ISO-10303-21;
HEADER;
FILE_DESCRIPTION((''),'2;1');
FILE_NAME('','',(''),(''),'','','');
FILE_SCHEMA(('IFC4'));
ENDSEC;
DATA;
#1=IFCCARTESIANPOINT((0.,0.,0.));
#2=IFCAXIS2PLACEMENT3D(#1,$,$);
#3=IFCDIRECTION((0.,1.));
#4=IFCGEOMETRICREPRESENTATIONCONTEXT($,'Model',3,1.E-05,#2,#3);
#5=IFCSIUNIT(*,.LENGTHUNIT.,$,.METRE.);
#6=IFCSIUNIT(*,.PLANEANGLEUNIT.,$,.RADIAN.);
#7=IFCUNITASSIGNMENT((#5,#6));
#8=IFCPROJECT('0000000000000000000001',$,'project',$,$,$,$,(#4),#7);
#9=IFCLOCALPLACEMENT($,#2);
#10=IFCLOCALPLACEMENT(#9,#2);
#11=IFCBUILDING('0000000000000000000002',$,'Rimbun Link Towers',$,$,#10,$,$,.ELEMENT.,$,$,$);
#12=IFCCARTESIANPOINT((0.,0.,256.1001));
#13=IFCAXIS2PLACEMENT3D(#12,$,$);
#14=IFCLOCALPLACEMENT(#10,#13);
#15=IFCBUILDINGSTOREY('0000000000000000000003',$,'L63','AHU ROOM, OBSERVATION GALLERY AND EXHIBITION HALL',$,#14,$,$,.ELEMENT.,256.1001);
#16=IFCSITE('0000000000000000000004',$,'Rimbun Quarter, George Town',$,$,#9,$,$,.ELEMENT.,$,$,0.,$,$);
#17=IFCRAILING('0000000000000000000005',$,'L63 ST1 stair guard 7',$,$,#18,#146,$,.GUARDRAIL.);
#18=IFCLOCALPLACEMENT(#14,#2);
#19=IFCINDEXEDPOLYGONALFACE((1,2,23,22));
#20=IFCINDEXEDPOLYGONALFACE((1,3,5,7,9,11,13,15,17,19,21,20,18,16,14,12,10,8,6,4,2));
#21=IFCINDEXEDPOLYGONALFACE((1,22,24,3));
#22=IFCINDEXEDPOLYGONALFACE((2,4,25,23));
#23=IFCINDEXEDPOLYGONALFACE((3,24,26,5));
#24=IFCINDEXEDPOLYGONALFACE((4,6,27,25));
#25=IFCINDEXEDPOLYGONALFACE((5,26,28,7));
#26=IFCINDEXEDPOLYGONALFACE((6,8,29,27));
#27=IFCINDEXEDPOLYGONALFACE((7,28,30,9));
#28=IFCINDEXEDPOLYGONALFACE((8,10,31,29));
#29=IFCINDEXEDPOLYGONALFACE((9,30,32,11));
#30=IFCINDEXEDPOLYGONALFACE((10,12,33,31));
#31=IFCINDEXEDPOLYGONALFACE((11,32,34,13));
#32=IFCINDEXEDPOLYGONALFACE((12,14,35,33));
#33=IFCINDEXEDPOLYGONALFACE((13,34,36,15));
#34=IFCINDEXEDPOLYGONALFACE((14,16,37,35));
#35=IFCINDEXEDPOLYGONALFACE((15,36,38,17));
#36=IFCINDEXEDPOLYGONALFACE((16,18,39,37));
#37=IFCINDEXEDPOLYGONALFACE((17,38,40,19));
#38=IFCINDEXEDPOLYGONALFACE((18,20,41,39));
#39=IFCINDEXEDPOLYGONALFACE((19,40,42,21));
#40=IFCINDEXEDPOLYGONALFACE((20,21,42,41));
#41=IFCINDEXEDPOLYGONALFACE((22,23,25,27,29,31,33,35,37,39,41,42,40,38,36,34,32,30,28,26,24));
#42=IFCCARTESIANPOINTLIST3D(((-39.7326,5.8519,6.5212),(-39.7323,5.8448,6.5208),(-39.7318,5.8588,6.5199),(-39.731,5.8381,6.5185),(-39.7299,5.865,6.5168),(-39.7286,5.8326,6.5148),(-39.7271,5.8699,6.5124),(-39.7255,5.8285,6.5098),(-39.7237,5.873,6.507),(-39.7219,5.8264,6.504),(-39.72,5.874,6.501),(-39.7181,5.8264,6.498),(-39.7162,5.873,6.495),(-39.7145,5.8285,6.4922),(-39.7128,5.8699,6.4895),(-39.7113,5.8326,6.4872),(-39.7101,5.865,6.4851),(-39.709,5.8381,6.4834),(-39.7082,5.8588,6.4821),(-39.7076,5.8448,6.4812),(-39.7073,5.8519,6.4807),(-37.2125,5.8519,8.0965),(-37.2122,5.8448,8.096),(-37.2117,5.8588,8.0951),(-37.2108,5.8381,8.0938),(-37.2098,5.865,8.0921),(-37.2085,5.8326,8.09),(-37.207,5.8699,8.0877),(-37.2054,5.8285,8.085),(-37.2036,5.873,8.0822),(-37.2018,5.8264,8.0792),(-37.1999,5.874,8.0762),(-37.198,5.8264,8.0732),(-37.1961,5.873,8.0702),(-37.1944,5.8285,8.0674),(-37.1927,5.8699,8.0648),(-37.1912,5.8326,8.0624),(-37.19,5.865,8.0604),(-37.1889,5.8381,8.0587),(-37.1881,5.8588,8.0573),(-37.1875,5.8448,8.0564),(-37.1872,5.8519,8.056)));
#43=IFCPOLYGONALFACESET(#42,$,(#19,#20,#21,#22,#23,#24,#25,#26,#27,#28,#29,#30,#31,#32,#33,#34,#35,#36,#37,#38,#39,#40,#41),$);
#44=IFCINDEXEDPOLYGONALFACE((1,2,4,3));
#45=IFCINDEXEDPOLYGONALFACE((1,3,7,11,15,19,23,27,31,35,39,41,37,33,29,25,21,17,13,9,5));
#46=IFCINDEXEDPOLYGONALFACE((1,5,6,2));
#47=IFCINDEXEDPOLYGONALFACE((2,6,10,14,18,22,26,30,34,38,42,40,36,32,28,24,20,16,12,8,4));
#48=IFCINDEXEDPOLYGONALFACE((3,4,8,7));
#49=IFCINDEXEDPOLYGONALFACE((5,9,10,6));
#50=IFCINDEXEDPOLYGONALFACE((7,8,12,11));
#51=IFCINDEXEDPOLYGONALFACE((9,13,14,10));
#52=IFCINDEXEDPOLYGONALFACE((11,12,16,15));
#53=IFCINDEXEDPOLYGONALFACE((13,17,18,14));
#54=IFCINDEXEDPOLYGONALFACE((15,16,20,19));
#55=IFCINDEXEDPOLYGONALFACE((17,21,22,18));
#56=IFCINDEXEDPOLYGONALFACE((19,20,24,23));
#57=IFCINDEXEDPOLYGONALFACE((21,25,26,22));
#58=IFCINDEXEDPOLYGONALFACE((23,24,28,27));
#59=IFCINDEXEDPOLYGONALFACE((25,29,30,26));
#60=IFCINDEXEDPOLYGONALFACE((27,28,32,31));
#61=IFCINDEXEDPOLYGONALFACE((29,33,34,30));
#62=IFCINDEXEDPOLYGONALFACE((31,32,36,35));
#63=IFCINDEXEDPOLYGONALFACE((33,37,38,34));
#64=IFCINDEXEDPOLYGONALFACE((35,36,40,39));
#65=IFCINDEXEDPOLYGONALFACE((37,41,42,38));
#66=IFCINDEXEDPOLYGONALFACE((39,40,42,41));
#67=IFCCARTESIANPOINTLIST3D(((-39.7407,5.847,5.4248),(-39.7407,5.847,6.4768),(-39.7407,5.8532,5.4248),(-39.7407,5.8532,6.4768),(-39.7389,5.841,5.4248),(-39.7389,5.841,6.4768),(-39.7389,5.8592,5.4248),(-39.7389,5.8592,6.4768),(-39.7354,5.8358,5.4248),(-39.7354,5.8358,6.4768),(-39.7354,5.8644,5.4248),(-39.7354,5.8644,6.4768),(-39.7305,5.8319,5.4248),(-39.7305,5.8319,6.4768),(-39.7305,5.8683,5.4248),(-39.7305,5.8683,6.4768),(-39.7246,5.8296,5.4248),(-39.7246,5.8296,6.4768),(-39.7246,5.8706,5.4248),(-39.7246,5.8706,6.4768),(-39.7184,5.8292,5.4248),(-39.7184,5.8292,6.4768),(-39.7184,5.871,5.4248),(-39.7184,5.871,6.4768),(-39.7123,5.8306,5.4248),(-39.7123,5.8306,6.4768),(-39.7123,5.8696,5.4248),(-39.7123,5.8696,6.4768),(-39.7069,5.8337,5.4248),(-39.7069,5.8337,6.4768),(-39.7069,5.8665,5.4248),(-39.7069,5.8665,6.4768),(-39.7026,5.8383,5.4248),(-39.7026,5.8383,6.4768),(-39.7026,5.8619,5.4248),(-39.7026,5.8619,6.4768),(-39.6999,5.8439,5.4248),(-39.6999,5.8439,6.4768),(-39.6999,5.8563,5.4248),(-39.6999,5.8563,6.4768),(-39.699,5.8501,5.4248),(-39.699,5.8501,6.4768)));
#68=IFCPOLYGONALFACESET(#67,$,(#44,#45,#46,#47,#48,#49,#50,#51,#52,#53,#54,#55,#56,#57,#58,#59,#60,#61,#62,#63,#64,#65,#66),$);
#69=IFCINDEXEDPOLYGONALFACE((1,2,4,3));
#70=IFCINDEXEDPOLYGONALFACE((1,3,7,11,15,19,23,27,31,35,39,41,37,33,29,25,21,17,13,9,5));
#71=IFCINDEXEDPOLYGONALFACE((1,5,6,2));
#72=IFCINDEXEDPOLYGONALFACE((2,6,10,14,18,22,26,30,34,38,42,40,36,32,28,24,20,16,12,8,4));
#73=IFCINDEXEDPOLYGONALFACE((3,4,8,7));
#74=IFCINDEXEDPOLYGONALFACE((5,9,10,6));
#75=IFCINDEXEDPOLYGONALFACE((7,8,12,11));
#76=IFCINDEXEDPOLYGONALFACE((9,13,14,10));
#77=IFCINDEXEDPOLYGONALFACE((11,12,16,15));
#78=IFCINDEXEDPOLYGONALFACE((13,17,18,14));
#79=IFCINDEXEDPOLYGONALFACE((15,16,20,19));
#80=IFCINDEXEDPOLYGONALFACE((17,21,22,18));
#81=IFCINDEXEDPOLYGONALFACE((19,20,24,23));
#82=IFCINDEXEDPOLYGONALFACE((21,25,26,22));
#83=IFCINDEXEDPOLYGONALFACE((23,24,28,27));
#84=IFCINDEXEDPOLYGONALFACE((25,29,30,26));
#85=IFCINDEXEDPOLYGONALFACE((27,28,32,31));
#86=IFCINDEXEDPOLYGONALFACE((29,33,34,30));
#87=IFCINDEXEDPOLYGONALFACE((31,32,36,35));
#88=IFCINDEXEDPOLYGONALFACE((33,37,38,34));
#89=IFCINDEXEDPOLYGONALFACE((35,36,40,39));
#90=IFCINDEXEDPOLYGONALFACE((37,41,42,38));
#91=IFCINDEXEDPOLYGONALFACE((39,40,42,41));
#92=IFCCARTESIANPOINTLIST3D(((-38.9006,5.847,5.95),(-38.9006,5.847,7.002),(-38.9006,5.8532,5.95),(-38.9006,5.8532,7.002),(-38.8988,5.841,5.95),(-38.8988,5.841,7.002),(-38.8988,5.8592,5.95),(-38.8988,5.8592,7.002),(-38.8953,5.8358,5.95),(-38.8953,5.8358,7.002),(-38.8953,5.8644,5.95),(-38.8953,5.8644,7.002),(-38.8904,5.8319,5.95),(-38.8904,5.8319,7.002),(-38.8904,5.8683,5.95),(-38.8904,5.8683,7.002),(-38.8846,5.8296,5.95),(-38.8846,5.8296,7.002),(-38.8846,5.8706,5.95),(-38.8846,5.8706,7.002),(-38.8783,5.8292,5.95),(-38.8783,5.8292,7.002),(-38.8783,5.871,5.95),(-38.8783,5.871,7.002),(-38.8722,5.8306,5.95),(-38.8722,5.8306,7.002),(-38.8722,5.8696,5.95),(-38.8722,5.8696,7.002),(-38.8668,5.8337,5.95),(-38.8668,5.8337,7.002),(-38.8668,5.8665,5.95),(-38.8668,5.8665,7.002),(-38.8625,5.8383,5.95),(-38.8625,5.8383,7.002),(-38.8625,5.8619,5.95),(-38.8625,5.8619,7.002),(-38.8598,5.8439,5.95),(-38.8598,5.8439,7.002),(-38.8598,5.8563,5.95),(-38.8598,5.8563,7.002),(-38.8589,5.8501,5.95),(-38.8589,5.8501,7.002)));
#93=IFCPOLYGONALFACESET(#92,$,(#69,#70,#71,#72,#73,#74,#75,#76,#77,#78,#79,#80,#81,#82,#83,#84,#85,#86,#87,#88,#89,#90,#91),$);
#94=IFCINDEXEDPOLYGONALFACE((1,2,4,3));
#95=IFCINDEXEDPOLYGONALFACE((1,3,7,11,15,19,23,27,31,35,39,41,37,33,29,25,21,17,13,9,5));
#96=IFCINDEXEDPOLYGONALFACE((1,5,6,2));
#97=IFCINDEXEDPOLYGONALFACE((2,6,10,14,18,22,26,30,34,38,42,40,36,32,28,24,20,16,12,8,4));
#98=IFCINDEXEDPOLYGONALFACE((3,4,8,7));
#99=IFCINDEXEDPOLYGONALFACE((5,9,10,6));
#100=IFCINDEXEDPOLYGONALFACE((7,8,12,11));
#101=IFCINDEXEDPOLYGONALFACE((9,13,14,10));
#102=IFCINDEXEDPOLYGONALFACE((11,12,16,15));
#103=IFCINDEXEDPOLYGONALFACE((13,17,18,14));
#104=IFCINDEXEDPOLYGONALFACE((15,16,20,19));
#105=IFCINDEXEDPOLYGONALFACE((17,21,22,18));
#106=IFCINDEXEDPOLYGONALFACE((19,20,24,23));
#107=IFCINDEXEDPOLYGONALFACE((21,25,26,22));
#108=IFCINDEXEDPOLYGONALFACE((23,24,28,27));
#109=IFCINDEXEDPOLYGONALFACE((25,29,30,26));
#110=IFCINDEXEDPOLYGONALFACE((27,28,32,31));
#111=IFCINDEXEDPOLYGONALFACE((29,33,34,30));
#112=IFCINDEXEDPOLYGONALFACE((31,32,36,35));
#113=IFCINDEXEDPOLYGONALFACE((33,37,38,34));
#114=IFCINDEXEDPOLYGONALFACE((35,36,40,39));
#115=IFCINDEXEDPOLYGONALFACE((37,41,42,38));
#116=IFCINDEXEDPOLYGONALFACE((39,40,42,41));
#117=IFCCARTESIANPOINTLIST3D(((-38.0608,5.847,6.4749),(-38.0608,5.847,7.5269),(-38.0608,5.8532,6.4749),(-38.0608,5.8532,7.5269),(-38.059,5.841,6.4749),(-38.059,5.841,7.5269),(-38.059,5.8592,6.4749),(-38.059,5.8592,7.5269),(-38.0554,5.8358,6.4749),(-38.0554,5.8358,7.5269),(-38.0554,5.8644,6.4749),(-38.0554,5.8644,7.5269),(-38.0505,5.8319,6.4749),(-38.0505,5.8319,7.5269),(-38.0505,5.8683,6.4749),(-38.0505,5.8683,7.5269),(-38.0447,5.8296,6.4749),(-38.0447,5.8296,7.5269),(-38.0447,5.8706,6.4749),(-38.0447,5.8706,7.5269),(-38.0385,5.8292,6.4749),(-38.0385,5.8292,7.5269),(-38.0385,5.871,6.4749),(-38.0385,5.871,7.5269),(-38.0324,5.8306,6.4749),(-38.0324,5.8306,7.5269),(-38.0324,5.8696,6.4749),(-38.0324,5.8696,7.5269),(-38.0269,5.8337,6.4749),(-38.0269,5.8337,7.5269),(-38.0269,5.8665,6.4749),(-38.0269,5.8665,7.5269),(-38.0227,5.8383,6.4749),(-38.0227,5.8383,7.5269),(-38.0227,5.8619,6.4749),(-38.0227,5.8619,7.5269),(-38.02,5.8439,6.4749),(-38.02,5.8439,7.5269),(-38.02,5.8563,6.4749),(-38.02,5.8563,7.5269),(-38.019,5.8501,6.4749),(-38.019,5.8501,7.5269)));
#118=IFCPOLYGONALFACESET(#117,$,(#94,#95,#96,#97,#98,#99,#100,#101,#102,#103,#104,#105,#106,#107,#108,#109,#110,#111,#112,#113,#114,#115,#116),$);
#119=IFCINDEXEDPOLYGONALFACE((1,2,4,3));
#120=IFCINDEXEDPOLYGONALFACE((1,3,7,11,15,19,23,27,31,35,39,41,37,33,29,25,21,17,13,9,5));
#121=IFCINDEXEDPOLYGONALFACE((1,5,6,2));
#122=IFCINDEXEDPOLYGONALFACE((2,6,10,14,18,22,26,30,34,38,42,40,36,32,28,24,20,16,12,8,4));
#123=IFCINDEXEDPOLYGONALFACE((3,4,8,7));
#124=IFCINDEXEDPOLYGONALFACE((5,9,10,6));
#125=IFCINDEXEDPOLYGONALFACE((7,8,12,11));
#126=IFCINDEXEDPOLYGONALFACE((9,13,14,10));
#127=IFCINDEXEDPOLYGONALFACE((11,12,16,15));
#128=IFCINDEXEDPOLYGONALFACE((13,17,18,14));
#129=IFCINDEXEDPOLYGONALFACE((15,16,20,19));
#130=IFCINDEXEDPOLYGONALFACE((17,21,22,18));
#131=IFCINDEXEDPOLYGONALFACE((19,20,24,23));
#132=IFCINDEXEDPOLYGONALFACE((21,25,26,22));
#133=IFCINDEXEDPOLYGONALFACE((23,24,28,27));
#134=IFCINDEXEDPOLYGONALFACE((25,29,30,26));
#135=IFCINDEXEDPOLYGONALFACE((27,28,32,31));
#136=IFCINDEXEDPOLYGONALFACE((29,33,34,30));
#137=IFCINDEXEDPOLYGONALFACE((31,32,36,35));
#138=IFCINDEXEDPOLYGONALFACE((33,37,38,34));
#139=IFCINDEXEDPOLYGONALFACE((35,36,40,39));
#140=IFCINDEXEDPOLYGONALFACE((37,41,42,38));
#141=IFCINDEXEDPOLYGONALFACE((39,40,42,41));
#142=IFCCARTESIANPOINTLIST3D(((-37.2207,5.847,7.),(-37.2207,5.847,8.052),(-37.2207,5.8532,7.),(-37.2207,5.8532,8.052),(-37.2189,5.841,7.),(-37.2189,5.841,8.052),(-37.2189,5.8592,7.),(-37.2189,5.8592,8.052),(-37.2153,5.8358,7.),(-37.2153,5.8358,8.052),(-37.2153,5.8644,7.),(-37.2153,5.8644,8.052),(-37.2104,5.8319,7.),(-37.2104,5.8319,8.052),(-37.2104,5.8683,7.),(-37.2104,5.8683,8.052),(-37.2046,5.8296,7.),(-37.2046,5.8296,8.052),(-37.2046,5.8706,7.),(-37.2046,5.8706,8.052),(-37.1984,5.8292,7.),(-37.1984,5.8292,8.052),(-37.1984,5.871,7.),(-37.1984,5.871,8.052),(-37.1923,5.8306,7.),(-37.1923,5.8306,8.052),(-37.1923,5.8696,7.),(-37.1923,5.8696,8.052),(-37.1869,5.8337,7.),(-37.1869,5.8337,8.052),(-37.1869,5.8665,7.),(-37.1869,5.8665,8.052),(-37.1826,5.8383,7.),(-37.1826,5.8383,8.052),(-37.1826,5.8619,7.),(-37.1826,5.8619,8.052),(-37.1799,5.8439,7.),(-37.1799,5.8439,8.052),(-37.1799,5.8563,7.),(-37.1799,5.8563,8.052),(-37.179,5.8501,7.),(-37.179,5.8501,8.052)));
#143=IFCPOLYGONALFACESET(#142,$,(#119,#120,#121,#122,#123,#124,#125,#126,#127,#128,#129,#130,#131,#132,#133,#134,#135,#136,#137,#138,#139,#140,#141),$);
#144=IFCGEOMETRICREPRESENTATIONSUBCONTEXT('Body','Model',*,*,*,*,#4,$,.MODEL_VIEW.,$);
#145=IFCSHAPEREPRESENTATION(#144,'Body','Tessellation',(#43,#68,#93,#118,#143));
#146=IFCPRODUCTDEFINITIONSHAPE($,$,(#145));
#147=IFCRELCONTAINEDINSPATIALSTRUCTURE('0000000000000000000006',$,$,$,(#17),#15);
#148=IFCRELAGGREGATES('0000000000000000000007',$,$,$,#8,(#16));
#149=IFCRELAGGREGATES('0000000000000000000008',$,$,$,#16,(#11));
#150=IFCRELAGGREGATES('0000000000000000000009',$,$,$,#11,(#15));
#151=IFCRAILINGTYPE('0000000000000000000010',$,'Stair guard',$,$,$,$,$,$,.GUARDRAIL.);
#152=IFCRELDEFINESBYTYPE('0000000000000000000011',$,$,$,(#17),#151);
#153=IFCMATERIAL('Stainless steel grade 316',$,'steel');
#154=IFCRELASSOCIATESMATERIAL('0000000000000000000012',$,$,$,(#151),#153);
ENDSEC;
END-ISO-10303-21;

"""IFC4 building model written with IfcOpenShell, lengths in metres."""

from ifc_helpers import new_model, si_unit, direction, frame, origin, origin_2d, place, context, subcontext, project, spatial, circle, extrude, material, type_object, element, save


model = new_model("IFC4")

# Units and contexts
model_context = context("Model", 3, precision=1e-05, world=origin(), true_north=direction((0.0, 1.0)))
body_context = subcontext(model_context, "Body", "Model", "MODEL_VIEW")
ifc_project = project(units=[si_unit("LENGTHUNIT", "METRE"), si_unit("PLANEANGLEUNIT", "RADIAN")], contexts=[model_context])

# Site, building, storey
site_placement = place(None, origin())
site = spatial("IfcSite", under=ifc_project, at=site_placement, Name="Rimbun Quarter, George Town", CompositionType="ELEMENT", RefElevation=0.0)
building_placement = place(site_placement, origin())
building = spatial("IfcBuilding", under=site, at=building_placement, Name="Rimbun Link Towers", CompositionType="ELEMENT")
storey_placement = place(building_placement, frame((0.0, 0.0, 256.1001)))
storey = spatial("IfcBuildingStorey", under=building, at=storey_placement, Name="L63", Description="AHU ROOM, OBSERVATION GALLERY AND EXHIBITION HALL", CompositionType="ELEMENT", Elevation=256.1001)

# Railing
ifc_material_1 = material(Name="Stainless steel grade 316", Category="steel")
railing_type_1 = type_object("IfcRailingType", Name="Stair guard", PredefinedType="GUARDRAIL", material=ifc_material_1)
railing_1_placement = place(storey_placement, frame((-39.72, 5.8501, 5.4248)))
element("IfcRailing", 1, at=railing_1_placement, inside=storey, type_object=railing_type_1, Name="L63 ST1 stair guard 7", PredefinedType="GUARDRAIL", context=body_context, shape_type="SweptSolid", body=[
    extrude(circle(Radius=0.0239, at=origin_2d()), frame((0.0, 0.0, 1.0762), z_axis=(0.847971, 0.0, 0.530043), x_axis=(0.0, 1.0, 0.0)), (0.0, 0.0, 1.0), 2.9719),
    extrude(circle(Radius=0.021, at=origin_2d()), origin(), (0.0, 0.0, 1.0), 1.052),
    extrude(circle(Radius=0.021, at=origin_2d()), frame((0.8401, 0.0, 0.5251)), (0.0, 0.0, 1.0), 1.052),
    extrude(circle(Radius=0.021, at=origin_2d()), frame((1.6799, 0.0, 1.05)), (0.0, 0.0, 1.0), 1.052),
    extrude(circle(Radius=0.021, at=origin_2d()), frame((2.52, 0.0, 1.5752)), (0.0, 0.0, 1.0), 1.052),
])

save(model, "model.ifc")
